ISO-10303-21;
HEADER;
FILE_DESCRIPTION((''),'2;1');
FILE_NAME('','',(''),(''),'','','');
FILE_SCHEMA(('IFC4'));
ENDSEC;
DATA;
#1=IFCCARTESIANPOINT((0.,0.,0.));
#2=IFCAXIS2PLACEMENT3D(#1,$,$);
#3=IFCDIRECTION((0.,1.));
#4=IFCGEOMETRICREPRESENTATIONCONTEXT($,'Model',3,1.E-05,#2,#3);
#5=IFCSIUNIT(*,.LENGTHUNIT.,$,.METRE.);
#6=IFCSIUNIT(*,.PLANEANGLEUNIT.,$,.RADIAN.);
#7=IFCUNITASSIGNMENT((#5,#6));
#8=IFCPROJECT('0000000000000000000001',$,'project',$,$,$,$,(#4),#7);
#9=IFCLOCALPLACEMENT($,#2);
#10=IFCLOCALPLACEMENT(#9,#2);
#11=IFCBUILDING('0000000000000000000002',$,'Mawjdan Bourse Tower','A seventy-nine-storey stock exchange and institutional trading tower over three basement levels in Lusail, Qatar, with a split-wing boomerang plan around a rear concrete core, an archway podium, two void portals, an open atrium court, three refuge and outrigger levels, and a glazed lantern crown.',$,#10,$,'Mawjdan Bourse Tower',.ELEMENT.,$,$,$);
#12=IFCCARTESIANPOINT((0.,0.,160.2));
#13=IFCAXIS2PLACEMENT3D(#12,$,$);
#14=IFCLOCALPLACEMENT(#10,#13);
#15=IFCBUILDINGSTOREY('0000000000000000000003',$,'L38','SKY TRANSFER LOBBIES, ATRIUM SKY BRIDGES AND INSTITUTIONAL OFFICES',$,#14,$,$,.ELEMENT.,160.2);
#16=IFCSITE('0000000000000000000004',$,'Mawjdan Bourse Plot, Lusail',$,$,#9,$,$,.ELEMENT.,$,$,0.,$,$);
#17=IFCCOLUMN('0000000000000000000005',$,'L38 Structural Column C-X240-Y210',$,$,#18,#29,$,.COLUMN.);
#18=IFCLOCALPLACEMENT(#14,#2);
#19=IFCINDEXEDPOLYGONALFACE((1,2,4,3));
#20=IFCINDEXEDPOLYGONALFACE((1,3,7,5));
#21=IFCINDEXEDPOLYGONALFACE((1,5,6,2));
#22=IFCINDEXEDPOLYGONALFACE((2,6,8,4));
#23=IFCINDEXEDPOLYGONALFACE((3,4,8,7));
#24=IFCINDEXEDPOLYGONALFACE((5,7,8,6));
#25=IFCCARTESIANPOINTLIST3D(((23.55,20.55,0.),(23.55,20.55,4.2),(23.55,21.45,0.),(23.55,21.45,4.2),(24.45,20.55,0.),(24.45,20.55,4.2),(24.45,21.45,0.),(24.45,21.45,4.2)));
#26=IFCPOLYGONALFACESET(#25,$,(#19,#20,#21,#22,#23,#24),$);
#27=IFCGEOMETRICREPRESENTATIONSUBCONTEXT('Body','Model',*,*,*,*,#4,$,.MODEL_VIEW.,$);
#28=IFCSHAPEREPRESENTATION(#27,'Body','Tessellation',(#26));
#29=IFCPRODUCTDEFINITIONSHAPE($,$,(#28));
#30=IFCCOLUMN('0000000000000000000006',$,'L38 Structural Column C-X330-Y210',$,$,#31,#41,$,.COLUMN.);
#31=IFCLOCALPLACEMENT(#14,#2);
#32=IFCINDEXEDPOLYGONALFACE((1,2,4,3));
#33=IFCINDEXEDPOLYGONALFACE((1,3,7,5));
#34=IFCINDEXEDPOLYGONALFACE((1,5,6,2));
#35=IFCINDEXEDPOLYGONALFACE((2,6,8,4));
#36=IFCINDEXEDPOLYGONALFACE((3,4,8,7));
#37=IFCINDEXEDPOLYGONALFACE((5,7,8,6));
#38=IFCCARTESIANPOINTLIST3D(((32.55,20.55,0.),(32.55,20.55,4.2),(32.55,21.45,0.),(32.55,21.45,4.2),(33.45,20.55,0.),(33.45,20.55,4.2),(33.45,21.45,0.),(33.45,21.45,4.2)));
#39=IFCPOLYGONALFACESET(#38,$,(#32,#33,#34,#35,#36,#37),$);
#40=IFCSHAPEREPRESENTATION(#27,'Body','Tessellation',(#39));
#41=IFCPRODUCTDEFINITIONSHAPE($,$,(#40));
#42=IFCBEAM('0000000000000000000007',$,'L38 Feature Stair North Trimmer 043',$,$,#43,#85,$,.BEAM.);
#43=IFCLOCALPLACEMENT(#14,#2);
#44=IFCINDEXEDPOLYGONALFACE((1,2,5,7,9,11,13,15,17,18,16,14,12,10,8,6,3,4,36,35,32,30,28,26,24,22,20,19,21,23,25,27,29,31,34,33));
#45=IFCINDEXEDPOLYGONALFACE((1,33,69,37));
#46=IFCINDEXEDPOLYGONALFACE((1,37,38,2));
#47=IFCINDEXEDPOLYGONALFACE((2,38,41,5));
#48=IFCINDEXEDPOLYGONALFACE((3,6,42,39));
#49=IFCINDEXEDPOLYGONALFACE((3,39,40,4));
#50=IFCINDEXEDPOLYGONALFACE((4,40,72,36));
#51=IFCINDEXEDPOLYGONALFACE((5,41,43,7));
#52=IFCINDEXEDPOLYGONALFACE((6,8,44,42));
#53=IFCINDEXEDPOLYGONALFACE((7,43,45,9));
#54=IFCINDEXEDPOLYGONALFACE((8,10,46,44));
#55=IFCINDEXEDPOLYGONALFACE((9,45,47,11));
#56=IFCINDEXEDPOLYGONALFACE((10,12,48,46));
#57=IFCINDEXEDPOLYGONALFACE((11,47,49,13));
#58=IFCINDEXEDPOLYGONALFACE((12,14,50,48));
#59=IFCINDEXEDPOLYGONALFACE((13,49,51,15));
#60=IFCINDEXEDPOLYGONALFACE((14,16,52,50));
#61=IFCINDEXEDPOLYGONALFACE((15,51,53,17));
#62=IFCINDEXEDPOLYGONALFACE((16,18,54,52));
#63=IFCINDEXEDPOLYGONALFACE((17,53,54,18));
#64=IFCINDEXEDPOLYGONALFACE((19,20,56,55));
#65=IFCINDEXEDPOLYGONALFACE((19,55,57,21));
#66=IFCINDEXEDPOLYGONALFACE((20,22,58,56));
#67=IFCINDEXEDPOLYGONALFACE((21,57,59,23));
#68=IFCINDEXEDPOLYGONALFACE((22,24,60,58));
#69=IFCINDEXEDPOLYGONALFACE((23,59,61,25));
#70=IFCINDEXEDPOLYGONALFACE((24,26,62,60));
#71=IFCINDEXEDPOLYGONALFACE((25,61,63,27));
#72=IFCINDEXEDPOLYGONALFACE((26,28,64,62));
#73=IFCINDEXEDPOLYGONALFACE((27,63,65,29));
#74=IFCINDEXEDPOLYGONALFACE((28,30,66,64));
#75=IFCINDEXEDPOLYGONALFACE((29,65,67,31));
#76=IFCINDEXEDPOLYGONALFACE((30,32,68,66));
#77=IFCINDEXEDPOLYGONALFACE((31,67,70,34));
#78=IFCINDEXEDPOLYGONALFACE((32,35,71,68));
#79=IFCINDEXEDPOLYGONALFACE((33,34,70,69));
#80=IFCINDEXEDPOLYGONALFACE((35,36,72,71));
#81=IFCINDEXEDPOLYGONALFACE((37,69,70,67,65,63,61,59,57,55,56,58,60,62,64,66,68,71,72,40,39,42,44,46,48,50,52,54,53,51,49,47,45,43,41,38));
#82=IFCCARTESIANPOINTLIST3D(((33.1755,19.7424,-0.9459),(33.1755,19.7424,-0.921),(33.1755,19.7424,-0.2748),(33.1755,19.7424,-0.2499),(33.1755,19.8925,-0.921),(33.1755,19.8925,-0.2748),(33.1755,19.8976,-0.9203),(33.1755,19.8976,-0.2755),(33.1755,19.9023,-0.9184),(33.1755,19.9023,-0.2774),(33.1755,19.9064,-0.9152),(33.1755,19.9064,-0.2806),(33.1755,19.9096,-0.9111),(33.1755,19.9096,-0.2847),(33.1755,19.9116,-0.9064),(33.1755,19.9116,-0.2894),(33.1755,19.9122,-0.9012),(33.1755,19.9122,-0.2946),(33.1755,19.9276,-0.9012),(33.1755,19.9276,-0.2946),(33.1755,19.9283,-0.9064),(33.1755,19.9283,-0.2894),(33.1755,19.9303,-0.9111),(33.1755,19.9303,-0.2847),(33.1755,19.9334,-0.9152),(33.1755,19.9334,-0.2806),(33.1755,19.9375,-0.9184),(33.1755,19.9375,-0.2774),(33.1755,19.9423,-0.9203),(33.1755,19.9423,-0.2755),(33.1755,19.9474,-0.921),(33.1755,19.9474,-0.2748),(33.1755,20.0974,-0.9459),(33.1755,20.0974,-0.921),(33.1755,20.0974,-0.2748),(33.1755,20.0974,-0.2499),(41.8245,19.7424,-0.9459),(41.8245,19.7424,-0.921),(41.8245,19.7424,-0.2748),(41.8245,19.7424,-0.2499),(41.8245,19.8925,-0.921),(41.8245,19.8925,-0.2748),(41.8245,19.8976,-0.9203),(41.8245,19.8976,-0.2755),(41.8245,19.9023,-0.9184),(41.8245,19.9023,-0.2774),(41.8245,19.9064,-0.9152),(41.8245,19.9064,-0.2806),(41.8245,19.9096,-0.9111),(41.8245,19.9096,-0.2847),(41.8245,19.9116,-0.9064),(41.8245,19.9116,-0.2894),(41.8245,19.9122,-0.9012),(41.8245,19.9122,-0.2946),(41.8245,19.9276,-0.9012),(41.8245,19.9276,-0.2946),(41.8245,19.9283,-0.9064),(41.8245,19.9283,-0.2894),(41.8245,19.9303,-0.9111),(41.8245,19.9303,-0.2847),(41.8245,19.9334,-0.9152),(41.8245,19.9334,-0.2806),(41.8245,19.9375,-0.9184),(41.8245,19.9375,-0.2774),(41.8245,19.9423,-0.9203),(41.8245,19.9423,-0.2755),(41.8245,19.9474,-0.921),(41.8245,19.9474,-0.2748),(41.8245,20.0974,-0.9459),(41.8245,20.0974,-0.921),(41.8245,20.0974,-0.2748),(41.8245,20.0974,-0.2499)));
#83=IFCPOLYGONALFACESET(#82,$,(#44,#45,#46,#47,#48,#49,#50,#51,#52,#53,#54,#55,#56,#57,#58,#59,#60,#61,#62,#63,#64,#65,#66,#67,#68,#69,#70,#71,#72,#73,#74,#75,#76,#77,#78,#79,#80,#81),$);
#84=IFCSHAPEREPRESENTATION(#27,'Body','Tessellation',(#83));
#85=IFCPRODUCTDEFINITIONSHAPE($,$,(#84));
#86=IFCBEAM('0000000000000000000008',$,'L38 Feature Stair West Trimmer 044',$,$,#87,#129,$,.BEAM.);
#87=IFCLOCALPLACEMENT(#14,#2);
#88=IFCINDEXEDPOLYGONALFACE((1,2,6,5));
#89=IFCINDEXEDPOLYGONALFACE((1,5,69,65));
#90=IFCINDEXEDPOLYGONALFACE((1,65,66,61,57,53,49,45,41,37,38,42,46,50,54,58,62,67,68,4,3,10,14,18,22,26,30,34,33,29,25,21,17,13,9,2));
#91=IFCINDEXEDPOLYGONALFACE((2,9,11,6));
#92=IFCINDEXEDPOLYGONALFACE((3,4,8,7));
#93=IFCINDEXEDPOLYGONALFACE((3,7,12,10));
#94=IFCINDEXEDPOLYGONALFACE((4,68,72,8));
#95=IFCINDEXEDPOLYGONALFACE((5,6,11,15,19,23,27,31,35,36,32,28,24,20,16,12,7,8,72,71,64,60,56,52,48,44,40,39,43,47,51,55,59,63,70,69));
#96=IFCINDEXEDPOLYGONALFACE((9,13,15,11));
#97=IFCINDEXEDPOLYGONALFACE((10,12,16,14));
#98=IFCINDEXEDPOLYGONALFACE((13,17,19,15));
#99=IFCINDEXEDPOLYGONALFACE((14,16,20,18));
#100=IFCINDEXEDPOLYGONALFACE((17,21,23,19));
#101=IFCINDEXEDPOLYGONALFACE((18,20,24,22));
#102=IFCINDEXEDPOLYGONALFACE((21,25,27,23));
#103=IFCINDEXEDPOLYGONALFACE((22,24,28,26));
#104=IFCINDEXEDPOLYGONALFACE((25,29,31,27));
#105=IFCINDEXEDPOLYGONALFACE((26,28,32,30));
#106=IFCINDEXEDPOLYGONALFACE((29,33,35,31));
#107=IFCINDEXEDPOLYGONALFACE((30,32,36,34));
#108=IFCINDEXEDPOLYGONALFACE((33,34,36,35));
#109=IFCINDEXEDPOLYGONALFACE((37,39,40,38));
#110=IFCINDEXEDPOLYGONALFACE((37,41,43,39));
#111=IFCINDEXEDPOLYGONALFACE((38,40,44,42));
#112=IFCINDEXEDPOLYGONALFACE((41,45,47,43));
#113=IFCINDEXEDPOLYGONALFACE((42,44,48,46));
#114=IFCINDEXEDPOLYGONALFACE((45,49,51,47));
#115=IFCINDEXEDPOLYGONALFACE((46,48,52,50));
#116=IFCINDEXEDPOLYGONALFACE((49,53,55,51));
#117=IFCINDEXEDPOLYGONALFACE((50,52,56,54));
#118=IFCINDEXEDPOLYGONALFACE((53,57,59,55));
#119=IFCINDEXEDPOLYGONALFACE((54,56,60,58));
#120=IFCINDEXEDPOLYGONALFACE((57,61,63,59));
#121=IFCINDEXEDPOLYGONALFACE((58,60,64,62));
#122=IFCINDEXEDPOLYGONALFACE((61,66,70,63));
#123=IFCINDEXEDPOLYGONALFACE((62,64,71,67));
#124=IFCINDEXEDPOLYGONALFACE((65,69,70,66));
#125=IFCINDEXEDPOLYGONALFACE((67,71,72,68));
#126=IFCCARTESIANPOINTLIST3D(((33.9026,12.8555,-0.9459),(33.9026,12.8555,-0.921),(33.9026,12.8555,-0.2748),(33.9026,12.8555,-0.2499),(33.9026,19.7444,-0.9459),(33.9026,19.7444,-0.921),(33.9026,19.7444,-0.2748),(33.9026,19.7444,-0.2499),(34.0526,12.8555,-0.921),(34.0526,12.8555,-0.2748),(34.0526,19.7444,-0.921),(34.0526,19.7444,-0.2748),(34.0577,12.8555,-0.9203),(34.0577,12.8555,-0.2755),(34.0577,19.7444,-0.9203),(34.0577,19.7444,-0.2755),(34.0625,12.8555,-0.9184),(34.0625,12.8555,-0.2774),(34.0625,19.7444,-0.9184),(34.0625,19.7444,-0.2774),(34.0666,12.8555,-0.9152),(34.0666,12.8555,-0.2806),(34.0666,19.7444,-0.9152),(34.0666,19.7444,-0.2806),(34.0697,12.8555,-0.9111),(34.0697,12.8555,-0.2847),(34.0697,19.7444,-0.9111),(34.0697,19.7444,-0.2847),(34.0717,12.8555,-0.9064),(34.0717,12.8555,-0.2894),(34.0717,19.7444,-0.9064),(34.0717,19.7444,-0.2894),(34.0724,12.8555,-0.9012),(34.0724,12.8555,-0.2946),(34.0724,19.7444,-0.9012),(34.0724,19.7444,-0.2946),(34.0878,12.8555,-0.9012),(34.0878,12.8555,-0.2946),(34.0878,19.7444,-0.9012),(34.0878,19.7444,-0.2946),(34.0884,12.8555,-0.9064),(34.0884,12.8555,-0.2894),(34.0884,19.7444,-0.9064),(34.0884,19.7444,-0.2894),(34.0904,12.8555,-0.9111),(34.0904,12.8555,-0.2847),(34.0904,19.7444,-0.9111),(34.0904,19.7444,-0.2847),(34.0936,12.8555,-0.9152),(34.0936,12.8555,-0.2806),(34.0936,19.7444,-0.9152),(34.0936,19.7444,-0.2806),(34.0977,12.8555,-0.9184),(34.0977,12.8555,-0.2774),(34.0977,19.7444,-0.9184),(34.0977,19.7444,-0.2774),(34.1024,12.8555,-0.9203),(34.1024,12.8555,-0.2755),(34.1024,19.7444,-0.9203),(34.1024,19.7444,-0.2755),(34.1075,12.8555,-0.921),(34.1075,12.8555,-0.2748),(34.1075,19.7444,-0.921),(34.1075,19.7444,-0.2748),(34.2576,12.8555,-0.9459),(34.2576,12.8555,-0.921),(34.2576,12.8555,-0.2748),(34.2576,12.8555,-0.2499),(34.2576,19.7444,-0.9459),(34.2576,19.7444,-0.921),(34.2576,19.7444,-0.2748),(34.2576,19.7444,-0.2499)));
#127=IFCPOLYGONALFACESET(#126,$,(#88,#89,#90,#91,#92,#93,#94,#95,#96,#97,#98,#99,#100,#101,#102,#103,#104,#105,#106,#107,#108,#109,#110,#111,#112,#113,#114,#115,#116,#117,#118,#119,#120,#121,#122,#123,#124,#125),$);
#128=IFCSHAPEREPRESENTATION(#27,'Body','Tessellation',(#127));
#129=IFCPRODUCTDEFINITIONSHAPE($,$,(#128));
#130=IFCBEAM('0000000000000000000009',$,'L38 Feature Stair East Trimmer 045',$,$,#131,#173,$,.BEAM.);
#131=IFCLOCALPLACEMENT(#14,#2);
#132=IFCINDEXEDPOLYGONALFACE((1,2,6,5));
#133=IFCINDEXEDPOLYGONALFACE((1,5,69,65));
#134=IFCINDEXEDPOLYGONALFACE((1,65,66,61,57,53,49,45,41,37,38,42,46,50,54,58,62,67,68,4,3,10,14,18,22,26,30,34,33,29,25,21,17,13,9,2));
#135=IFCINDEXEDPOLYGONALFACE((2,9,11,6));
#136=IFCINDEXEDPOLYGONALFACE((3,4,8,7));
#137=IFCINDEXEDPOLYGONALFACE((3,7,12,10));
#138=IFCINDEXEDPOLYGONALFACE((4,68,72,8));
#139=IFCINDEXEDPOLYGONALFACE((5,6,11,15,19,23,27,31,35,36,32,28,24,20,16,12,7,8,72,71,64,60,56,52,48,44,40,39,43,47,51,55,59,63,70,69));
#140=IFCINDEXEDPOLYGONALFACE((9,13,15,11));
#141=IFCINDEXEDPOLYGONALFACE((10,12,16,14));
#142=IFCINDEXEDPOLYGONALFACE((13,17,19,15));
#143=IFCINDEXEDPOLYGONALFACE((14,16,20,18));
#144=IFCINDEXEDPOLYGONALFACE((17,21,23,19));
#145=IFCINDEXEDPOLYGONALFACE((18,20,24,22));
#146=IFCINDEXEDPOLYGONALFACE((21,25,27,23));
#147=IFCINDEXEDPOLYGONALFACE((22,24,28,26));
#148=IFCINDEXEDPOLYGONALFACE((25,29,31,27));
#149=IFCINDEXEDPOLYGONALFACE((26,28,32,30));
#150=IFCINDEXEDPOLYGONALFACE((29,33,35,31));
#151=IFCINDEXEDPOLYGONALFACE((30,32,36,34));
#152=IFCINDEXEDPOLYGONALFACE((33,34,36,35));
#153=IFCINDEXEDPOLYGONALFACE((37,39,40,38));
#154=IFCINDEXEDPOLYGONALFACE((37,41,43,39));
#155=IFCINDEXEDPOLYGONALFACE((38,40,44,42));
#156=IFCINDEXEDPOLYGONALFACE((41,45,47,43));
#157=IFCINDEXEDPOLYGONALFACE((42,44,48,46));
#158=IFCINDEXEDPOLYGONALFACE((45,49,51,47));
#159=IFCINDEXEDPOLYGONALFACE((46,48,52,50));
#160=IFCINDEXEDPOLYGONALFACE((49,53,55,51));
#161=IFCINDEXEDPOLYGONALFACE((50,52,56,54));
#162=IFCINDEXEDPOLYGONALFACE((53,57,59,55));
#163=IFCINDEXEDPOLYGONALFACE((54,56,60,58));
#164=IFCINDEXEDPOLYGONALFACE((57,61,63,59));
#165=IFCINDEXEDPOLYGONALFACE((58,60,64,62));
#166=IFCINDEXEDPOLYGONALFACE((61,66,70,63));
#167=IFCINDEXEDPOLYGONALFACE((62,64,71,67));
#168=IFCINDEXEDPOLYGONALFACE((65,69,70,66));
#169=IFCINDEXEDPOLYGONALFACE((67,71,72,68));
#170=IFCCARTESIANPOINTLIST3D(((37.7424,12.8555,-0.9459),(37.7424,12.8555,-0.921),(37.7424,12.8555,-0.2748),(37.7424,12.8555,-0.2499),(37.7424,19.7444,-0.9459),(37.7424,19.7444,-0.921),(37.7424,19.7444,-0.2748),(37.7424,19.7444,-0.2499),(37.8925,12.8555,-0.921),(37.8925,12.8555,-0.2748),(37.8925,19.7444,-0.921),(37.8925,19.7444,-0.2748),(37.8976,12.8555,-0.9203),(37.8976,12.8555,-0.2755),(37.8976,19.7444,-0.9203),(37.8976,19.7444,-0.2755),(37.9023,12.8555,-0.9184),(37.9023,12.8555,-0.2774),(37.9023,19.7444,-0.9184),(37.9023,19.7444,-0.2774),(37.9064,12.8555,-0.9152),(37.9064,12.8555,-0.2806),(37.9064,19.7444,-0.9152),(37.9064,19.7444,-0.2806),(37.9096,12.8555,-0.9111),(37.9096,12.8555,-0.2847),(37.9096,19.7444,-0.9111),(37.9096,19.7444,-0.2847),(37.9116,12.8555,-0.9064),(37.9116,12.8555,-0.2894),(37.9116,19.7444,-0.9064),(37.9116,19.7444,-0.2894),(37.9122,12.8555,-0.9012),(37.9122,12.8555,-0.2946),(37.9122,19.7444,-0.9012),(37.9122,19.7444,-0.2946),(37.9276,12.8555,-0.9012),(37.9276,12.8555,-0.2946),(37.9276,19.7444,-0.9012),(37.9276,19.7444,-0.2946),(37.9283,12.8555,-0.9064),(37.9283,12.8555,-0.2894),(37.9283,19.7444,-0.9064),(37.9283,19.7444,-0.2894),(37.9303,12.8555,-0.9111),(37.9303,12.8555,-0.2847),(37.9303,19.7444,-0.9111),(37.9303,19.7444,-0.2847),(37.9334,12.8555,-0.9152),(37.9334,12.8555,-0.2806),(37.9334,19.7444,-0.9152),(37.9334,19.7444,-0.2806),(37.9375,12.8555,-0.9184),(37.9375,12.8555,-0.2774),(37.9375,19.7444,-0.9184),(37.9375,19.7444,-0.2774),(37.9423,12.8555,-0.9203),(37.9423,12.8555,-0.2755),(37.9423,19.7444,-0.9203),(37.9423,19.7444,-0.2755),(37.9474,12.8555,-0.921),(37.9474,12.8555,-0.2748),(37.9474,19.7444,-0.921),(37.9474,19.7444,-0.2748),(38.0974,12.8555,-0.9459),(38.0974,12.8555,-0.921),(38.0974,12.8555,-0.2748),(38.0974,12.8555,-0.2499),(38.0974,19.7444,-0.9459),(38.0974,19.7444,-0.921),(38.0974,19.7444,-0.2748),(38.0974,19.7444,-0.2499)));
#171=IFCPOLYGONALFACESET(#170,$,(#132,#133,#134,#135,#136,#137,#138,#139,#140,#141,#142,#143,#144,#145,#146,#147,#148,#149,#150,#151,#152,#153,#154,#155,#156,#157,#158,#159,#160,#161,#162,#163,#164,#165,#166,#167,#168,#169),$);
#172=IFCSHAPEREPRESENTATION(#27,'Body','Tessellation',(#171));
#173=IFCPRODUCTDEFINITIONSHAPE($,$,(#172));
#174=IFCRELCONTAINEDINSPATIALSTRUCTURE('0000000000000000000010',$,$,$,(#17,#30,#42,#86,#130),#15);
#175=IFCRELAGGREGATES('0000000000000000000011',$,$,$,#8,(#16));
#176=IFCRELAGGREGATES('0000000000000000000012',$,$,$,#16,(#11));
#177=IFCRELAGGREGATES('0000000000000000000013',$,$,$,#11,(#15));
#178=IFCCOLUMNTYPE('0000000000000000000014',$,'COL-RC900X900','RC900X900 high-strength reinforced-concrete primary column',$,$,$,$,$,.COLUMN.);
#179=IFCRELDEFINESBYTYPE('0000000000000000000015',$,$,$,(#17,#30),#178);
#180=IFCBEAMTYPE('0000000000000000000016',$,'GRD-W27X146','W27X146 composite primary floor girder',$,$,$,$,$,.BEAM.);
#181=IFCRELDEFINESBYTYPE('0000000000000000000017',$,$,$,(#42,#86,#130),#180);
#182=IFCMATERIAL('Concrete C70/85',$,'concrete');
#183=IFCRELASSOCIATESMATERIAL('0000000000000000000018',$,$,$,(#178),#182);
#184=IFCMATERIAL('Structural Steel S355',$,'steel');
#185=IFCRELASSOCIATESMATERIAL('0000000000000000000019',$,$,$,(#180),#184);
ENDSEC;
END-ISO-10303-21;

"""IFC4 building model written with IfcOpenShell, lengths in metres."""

from ifc_helpers import new_model, si_unit, direction, frame, origin, origin_2d, place, context, subcontext, project, spatial, rectangle, i_section, extrude, material, material_profile, profile_set, type_object, element, save


model = new_model("IFC4")

# Units and contexts
model_context = context("Model", 3, precision=1e-05, world=origin(), true_north=direction((0.0, 1.0)))
body_context = subcontext(model_context, "Body", "Model", "MODEL_VIEW")
ifc_project = project(units=[si_unit("LENGTHUNIT", "METRE"), si_unit("PLANEANGLEUNIT", "RADIAN")], contexts=[model_context])

# Site, building, storey
site_placement = place(None, origin())
site = spatial("IfcSite", under=ifc_project, at=site_placement, Name="Mawjdan Bourse Plot, Lusail", CompositionType="ELEMENT", RefElevation=0.0)
building_placement = place(site_placement, origin())
building = spatial("IfcBuilding", under=site, at=building_placement, Name="Mawjdan Bourse Tower", Description="A seventy-nine-storey stock exchange and institutional trading tower over three basement levels in Lusail, Qatar, with a split-wing boomerang plan around a rear concrete core, an archway podium, two void portals, an open atrium court, three refuge and outrigger levels, and a glazed lantern crown.", LongName="Mawjdan Bourse Tower", CompositionType="ELEMENT")
storey_placement = place(building_placement, frame((0.0, 0.0, 160.2)))
storey = spatial("IfcBuildingStorey", under=building, at=storey_placement, Name="L38", Description="SKY TRANSFER LOBBIES, ATRIUM SKY BRIDGES AND INSTITUTIONAL OFFICES", CompositionType="ELEMENT", Elevation=160.2)

# Columns
ifc_material_1 = material(Name="Concrete C70/85", Category="concrete")
ifc_material_profile_1 = material_profile(ifc_material_1, rectangle(XDim=0.8999, YDim=0.8999, at=origin_2d()), Name="RC900X900")
ifc_profile_set_1 = profile_set([ifc_material_profile_1], Name="Concrete C70/85")
column_type = type_object("IfcColumnType", Name="COL-RC900X900", Description="RC900X900 high-strength reinforced-concrete primary column", PredefinedType="COLUMN", material=ifc_profile_set_1)
for number, where, z_axis, x_axis, name in (
    (1, (24.0, 21.0, 0.0), (0.0, 0.0, 1.0), (1.0, 0.0, 0.0), "L38 Structural Column C-X240-Y210"),
    (2, (33.0, 21.0, 0.0), (0.0, 0.0, 1.0), (1.0, 0.0, 0.0), "L38 Structural Column C-X330-Y210"),
):
    element("IfcColumn", number, at=place(storey_placement, frame(where, z_axis=z_axis, x_axis=x_axis)), inside=storey, type_object=column_type, Name=name, PredefinedType="COLUMN", context=body_context, shape_type="SweptSolid", body=[
        extrude(rectangle(XDim=0.8999, YDim=0.8999, at=origin_2d()), origin(), (0.0, 0.0, 1.0), 4.2),
    ])

# Beams
ifc_material_2 = material(Name="Structural Steel S355", Category="steel")
ifc_material_profile_2 = material_profile(ifc_material_2, i_section(OverallWidth=0.355, OverallDepth=0.696, WebThickness=0.0154, FlangeThickness=0.0249, FilletRadius=0.0198, at=origin_2d()), Name="W27X146")
ifc_profile_set_2 = profile_set([ifc_material_profile_2], Name="Structural Steel S355")
beam_type_1 = type_object("IfcBeamType", Name="GRD-W27X146", Description="W27X146 composite primary floor girder", PredefinedType="BEAM", material=ifc_profile_set_2)
beam_1_placement = place(storey_placement, frame((33.1755, 19.9199, -0.5979), z_axis=(1.0, 0.0, 0.0), x_axis=(0.0, 1.0, 0.0)))
element("IfcBeam", 3, at=beam_1_placement, inside=storey, type_object=beam_type_1, Name="L38 Feature Stair North Trimmer 043", PredefinedType="BEAM", context=body_context, shape_type="SweptSolid", body=[
    extrude(i_section(OverallWidth=0.355, OverallDepth=0.696, WebThickness=0.0154, FlangeThickness=0.0249, FilletRadius=0.0198, at=origin_2d()), origin(), (0.0, 0.0, 1.0), 8.6489),
])
for number, where, z_axis, x_axis, name in (
    (4, (34.0801, 12.8555, -0.5979), (0.0, 1.0, 0.0), (-1.0, 0.0, 0.0), "L38 Feature Stair West Trimmer 044"),
    (5, (37.9199, 12.8555, -0.5979), (0.0, 1.0, 0.0), (-1.0, 0.0, 0.0), "L38 Feature Stair East Trimmer 045"),
):
    element("IfcBeam", number, at=place(storey_placement, frame(where, z_axis=z_axis, x_axis=x_axis)), inside=storey, type_object=beam_type_1, Name=name, PredefinedType="BEAM", context=body_context, shape_type="SweptSolid", body=[
        extrude(i_section(OverallWidth=0.355, OverallDepth=0.696, WebThickness=0.0154, FlangeThickness=0.0249, FilletRadius=0.0198, at=origin_2d()), origin(), (0.0, 0.0, 1.0), 6.8889),
    ])

save(model, "model.ifc")
